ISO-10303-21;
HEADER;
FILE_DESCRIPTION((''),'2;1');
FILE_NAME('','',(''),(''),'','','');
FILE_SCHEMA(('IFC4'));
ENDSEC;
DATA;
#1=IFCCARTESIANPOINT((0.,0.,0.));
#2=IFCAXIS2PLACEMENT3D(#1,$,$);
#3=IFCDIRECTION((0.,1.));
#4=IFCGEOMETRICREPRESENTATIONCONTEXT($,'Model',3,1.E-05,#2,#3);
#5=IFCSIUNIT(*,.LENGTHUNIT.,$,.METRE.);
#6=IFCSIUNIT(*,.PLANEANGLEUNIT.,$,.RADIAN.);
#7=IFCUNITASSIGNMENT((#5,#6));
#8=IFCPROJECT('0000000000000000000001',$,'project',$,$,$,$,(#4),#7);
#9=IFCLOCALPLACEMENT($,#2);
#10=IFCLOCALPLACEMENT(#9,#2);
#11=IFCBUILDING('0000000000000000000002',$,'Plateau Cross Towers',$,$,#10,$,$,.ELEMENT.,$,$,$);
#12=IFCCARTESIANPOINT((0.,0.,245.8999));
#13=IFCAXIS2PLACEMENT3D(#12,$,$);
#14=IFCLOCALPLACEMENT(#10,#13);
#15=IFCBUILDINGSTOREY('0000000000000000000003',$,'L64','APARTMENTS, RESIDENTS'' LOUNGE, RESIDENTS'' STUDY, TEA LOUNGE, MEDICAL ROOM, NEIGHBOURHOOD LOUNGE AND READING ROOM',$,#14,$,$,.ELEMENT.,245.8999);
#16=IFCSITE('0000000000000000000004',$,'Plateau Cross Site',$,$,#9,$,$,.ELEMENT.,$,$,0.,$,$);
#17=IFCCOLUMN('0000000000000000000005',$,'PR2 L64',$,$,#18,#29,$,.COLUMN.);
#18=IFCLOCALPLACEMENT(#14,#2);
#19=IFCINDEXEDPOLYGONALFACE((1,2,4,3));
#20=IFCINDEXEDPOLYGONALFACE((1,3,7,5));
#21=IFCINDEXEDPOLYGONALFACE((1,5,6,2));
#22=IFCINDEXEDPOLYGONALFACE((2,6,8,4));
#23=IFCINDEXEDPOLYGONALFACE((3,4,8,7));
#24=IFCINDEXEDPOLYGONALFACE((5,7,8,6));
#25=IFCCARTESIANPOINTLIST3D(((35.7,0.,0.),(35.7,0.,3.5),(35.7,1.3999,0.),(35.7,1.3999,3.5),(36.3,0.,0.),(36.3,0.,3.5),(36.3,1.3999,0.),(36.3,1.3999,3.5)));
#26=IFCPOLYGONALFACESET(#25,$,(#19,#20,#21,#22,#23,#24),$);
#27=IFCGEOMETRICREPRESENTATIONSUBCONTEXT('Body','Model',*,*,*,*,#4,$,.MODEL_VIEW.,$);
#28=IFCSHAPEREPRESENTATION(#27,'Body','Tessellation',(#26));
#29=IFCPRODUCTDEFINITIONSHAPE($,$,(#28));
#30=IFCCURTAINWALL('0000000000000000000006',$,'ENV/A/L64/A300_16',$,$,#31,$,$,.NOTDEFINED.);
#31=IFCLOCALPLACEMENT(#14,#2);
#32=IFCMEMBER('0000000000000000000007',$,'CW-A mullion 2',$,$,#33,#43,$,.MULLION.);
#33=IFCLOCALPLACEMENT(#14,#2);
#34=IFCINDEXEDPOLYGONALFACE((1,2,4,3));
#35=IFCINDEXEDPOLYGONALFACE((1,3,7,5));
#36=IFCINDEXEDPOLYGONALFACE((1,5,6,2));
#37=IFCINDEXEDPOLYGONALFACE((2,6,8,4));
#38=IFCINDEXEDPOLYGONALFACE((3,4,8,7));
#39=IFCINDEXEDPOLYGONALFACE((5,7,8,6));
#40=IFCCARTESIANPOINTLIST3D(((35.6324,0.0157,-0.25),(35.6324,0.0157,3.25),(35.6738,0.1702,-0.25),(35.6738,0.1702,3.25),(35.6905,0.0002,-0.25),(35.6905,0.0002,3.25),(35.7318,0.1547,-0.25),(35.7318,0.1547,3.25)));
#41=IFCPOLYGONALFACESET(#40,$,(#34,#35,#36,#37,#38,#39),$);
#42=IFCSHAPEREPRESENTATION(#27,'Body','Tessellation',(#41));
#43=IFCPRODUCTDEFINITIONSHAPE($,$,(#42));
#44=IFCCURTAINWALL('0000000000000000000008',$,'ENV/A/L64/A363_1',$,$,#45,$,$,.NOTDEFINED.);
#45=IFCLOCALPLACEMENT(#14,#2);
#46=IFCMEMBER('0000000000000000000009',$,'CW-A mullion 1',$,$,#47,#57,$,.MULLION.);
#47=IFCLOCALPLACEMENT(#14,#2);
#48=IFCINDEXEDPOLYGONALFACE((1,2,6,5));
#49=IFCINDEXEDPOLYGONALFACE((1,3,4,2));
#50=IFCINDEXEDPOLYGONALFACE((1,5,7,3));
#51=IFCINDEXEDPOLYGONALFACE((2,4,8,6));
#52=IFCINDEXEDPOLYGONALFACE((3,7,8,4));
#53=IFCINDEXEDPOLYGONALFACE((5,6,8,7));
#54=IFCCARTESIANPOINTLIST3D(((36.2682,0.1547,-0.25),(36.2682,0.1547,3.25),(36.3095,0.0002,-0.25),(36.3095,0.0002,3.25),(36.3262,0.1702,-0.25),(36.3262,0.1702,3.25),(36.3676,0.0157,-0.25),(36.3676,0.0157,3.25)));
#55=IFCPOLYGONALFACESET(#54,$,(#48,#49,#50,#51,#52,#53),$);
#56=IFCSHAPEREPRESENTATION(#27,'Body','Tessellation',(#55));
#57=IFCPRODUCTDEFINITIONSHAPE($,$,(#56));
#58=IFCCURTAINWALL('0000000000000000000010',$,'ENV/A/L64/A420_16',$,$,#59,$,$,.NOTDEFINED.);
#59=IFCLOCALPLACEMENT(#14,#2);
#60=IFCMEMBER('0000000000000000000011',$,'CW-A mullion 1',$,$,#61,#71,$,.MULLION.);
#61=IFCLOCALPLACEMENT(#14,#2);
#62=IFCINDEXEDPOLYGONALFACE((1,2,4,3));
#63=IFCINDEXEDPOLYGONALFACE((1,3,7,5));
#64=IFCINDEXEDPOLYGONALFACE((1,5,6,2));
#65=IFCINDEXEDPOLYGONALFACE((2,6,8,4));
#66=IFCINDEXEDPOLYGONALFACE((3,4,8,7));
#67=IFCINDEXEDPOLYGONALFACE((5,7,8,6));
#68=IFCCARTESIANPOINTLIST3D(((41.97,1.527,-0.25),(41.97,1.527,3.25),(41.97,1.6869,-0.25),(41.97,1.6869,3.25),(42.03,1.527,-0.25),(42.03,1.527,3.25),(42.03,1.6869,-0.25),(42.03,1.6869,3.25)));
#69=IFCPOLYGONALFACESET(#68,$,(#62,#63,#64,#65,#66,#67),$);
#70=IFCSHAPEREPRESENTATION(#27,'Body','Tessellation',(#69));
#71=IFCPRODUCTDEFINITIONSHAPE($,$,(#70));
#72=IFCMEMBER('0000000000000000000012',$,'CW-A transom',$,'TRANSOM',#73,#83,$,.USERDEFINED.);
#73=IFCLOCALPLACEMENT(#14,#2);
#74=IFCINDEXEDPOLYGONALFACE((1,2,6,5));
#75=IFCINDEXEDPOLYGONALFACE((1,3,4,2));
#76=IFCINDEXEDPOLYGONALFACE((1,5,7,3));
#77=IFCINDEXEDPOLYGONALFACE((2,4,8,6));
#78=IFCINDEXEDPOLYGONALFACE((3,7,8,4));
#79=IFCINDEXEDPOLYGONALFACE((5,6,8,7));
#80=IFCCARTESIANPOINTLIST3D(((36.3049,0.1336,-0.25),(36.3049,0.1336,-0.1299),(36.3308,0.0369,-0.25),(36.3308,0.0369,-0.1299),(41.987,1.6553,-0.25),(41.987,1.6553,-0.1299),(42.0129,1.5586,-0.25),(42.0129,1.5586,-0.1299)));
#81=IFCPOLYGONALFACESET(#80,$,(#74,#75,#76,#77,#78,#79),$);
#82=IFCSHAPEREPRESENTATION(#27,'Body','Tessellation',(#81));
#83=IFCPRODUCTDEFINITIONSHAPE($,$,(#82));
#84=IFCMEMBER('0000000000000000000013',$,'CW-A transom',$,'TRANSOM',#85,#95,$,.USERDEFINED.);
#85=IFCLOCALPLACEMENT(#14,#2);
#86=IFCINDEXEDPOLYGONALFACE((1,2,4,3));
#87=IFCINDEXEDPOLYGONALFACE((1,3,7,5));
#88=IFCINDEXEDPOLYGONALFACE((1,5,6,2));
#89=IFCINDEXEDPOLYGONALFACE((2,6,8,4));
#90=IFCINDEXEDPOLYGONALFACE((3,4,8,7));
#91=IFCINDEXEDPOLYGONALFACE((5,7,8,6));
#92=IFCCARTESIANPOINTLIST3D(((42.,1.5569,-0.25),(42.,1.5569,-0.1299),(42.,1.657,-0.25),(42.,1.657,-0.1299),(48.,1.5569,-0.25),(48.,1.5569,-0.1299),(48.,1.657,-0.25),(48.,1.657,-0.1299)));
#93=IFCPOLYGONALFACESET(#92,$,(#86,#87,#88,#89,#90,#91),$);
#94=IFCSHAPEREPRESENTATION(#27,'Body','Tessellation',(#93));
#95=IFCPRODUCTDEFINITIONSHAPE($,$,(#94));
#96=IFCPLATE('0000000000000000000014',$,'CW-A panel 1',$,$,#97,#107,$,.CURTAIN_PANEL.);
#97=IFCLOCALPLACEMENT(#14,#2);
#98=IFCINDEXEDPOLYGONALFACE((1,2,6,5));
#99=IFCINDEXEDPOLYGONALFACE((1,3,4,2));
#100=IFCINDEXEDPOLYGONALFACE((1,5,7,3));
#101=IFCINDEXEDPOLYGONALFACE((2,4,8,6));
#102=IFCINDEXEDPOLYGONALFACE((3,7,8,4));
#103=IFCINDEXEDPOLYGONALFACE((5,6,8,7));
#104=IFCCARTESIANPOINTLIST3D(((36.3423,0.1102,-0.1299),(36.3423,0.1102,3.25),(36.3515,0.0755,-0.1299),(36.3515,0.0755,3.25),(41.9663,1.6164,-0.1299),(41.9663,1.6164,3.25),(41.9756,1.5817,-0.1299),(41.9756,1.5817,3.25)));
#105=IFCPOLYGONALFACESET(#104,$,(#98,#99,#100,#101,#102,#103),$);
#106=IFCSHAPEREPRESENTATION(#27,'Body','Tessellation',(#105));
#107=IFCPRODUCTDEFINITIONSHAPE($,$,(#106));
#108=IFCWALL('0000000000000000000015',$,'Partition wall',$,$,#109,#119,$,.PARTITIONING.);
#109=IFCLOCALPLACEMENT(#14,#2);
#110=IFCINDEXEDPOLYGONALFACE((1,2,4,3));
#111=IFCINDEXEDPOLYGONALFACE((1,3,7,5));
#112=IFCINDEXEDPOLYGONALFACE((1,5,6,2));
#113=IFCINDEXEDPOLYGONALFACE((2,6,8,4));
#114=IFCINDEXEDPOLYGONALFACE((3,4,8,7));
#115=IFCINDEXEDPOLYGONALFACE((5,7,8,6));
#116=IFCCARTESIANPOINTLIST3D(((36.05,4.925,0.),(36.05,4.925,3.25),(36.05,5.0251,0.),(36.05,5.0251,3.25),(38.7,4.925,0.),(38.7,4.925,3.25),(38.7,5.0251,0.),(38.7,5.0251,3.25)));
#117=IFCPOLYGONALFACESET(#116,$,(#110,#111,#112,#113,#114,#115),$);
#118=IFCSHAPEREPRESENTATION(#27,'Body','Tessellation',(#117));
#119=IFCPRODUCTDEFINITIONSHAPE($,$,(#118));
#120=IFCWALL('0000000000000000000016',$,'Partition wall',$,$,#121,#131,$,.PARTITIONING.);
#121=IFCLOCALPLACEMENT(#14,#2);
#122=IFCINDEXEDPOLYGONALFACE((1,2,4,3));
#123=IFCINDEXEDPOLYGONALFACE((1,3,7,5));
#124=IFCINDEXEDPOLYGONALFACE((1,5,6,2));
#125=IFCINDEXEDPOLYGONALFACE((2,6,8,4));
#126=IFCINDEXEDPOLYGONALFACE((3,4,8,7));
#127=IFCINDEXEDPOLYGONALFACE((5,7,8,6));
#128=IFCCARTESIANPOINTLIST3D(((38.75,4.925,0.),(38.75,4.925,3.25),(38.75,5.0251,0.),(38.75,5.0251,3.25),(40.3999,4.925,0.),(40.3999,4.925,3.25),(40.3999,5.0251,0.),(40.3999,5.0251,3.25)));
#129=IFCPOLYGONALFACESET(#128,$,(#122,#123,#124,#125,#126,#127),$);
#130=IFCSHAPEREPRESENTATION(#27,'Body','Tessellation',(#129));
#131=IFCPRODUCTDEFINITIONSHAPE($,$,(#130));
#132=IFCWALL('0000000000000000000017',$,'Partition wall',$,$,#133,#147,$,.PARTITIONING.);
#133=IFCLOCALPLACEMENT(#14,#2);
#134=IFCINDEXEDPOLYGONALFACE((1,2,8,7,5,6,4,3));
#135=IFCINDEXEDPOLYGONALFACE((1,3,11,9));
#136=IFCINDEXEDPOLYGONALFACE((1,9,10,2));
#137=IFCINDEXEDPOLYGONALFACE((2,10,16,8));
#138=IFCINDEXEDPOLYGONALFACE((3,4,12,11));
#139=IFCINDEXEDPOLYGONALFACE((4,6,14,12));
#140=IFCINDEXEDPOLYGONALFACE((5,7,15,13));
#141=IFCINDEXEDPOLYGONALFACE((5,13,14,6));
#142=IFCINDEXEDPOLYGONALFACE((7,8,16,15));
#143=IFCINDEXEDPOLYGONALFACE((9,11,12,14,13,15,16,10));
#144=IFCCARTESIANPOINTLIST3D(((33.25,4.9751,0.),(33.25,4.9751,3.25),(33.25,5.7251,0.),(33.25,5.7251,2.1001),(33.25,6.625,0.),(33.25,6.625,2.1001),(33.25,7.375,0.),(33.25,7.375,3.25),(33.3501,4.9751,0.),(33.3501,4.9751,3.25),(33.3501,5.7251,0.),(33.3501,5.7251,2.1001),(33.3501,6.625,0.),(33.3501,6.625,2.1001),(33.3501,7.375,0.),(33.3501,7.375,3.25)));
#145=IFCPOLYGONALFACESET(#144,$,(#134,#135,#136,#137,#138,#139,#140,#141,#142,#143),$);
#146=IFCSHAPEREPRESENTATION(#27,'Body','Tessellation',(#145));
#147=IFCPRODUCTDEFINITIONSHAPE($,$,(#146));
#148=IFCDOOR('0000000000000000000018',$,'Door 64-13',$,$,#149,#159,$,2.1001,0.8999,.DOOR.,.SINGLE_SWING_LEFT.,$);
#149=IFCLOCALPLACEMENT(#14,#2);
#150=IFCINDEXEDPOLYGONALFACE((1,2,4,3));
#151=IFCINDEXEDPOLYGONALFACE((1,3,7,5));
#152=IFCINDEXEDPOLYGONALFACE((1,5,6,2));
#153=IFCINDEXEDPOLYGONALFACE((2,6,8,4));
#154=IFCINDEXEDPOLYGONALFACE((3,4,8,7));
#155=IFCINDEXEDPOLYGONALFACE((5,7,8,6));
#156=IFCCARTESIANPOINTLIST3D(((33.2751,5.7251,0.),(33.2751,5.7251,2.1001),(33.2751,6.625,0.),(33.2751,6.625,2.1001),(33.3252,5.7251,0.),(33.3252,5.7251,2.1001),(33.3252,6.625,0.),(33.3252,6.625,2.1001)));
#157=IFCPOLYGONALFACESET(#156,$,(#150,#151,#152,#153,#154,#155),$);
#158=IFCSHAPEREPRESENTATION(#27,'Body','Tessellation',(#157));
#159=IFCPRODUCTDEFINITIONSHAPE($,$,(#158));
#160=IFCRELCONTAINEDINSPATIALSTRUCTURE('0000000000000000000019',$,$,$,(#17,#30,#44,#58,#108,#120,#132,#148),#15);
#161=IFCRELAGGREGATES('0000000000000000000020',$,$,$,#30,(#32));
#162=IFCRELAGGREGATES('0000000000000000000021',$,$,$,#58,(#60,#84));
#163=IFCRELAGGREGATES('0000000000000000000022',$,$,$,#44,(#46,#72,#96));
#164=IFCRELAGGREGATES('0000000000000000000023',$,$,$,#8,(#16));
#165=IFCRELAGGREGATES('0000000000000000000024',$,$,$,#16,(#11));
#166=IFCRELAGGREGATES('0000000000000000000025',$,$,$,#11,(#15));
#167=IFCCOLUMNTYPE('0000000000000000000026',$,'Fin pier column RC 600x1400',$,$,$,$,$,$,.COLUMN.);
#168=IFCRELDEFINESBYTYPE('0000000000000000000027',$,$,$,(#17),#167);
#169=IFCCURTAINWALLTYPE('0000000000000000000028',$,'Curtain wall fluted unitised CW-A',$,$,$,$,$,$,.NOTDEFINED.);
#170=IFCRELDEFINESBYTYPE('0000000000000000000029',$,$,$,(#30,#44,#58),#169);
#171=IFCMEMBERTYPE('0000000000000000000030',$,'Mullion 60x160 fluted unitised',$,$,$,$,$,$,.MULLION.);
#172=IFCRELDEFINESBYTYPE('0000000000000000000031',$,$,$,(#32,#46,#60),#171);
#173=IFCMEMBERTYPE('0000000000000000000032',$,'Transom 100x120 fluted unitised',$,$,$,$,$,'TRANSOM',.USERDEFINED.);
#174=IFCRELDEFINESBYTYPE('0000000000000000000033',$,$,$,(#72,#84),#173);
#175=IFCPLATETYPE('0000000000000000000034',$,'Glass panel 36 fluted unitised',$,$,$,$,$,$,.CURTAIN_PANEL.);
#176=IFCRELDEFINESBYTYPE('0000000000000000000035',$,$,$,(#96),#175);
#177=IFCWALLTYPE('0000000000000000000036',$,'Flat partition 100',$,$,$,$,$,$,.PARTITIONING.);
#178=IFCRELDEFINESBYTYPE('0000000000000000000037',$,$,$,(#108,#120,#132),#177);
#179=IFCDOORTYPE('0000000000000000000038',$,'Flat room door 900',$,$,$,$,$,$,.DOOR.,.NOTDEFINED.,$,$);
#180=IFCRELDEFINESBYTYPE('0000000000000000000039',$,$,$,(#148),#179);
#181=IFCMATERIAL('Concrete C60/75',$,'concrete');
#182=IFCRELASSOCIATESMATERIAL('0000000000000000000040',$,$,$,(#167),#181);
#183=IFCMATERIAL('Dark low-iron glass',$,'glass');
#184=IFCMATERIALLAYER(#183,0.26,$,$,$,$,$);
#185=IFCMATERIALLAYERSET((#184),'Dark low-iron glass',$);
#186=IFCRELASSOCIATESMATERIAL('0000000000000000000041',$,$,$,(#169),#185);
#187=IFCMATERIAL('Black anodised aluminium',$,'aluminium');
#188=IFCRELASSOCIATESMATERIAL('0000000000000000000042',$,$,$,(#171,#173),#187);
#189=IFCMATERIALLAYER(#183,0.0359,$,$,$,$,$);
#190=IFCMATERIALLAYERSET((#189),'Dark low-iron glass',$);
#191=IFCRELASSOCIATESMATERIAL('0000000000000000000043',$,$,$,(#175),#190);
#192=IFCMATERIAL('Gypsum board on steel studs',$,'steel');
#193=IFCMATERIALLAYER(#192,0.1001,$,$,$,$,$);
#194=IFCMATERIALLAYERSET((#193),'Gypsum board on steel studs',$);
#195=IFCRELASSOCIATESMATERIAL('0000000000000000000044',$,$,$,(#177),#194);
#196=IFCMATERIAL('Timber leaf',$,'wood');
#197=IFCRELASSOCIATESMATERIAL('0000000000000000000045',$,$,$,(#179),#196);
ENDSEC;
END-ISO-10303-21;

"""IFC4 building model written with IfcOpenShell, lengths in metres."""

from ifc_helpers import new_model, si_unit, direction, frame, frame_2d, origin, origin_2d, place, context, subcontext, project, spatial, rectangle, extrude, material, layer, layer_set, material_profile, profile_set, type_object, element, fill, aggregate, save


model = new_model("IFC4")

# Units and contexts
model_context = context("Model", 3, precision=1e-05, world=origin(), true_north=direction((0.0, 1.0)))
body_context = subcontext(model_context, "Body", "Model", "MODEL_VIEW")
ifc_project = project(units=[si_unit("LENGTHUNIT", "METRE"), si_unit("PLANEANGLEUNIT", "RADIAN")], contexts=[model_context])

# Site, building, storey
site_placement = place(None, origin())
site = spatial("IfcSite", under=ifc_project, at=site_placement, Name="Plateau Cross Site", CompositionType="ELEMENT", RefElevation=0.0)
building_placement = place(site_placement, origin())
building = spatial("IfcBuilding", under=site, at=building_placement, Name="Plateau Cross Towers", CompositionType="ELEMENT")
storey_placement = place(building_placement, frame((0.0, 0.0, 245.8999)))
storey = spatial("IfcBuildingStorey", under=building, at=storey_placement, Name="L64", Description="APARTMENTS, RESIDENTS' LOUNGE, RESIDENTS' STUDY, TEA LOUNGE, MEDICAL ROOM, NEIGHBOURHOOD LOUNGE AND READING ROOM", CompositionType="ELEMENT", Elevation=245.8999)

# Column
ifc_material_1 = material(Name="Concrete C60/75", Category="concrete")
ifc_material_profile_1 = material_profile(ifc_material_1, rectangle(XDim=0.6001, YDim=1.3999, at=origin_2d()), Name="RC 600x1400")
ifc_profile_set_1 = profile_set([ifc_material_profile_1], Name="Concrete C60/75")
column_type = type_object("IfcColumnType", Name="Fin pier column RC 600x1400", PredefinedType="COLUMN", material=ifc_profile_set_1)
column_placement = place(storey_placement, frame((36.0, 0.7, 0.0), z_axis=(0.0, 0.0, 1.0), x_axis=(1.0, 0.0, 0.0)))
element("IfcColumn", 1, at=column_placement, inside=storey, type_object=column_type, Name="PR2 L64", PredefinedType="COLUMN", context=body_context, shape_type="SweptSolid", body=[
    extrude(rectangle(XDim=0.6001, YDim=1.3999, at=origin_2d()), origin(), (0.0, 0.0, 1.0), 3.5),
])

# Curtain walls, members
ifc_material_2 = material(Name="Dark low-iron glass", Category="glass")
ifc_layer_1 = layer(ifc_material_2, 0.26)
ifc_layer_set_1 = layer_set([ifc_layer_1], Name="Dark low-iron glass")
curtain_wall_type = type_object("IfcCurtainWallType", Name="Curtain wall fluted unitised CW-A", PredefinedType="NOTDEFINED", material=ifc_layer_set_1)
curtain_wall_1_placement = place(storey_placement, origin())
curtain_wall_1 = element("IfcCurtainWall", 2, at=curtain_wall_1_placement, inside=storey, type_object=curtain_wall_type, Name="ENV/A/L64/A300_16", PredefinedType="NOTDEFINED")
ifc_material_3 = material(Name="Black anodised aluminium", Category="aluminium")
ifc_material_profile_2 = material_profile(ifc_material_3, rectangle(XDim=0.0601, YDim=0.1599, at=origin_2d()), Name="MULLION 60x160")
ifc_profile_set_2 = profile_set([ifc_material_profile_2], Name="Black anodised aluminium")
member_type_1 = type_object("IfcMemberType", Name="Mullion 60x160 fluted unitised", PredefinedType="MULLION", material=ifc_profile_set_2)
member_1_placement = place(storey_placement, frame((35.6821, 0.0852, -0.25), z_axis=(0.0, 0.0, 1.0), x_axis=(0.965958, -0.258699, 0.0)))
member_1 = element("IfcMember", 3, at=member_1_placement, type_object=member_type_1, Name="CW-A mullion 2", PredefinedType="MULLION", context=body_context, shape_type="SweptSolid", body=[
    extrude(rectangle(XDim=0.0601, YDim=0.1599, at=origin_2d()), origin(), (0.0, 0.0, 1.0), 3.5),
])
aggregate(curtain_wall_1, [member_1])
curtain_wall_2_placement = place(storey_placement, origin())
curtain_wall_2 = element("IfcCurtainWall", 4, at=curtain_wall_2_placement, inside=storey, type_object=curtain_wall_type, Name="ENV/A/L64/A363_1", PredefinedType="NOTDEFINED")
member_2_placement = place(storey_placement, frame((36.3179, 0.0852, -0.25), z_axis=(0.0, 0.0, 1.0), x_axis=(0.965958, 0.258699, 0.0)))
member_2 = element("IfcMember", 5, at=member_2_placement, type_object=member_type_1, Name="CW-A mullion 1", PredefinedType="MULLION", context=body_context, shape_type="SweptSolid", body=[
    extrude(rectangle(XDim=0.0601, YDim=0.1599, at=origin_2d()), origin(), (0.0, 0.0, 1.0), 3.5),
])
curtain_wall_3_placement = place(storey_placement, origin())
curtain_wall_3 = element("IfcCurtainWall", 6, at=curtain_wall_3_placement, inside=storey, type_object=curtain_wall_type, Name="ENV/A/L64/A420_16", PredefinedType="NOTDEFINED")
member_3_placement = place(storey_placement, frame((42.0, 1.6069, -0.25), z_axis=(0.0, 0.0, 1.0), x_axis=(1.0, 0.0, 0.0)))
member_3 = element("IfcMember", 7, at=member_3_placement, type_object=member_type_1, Name="CW-A mullion 1", PredefinedType="MULLION", context=body_context, shape_type="SweptSolid", body=[
    extrude(rectangle(XDim=0.0601, YDim=0.1599, at=origin_2d()), origin(), (0.0, 0.0, 1.0), 3.5),
])

# Members
ifc_material_profile_3 = material_profile(ifc_material_3, rectangle(XDim=0.1001, YDim=0.1201, at=origin_2d()), Name="TRANSOM 100x120")
ifc_profile_set_3 = profile_set([ifc_material_profile_3], Name="Black anodised aluminium")
member_type_2 = type_object("IfcMemberType", Name="Transom 100x120 fluted unitised", ElementType="TRANSOM", PredefinedType="USERDEFINED", material=ifc_profile_set_3)
member_4_placement = place(storey_placement, frame((36.3179, 0.0852, -0.1899), z_axis=(0.96596, 0.258693, 0.0), x_axis=(-0.258693, 0.96596, 0.0)))
member_4 = element("IfcMember", 8, at=member_4_placement, type_object=member_type_2, Name="CW-A transom", ObjectType="TRANSOM", PredefinedType="USERDEFINED", context=body_context, shape_type="SweptSolid", body=[
    extrude(rectangle(XDim=0.1001, YDim=0.1201, at=origin_2d()), origin(), (0.0, 0.0, 1.0), 5.8823),
])
member_5_placement = place(storey_placement, frame((42.0, 1.6069, -0.1899), z_axis=(1.0, 0.0, 0.0), x_axis=(0.0, 1.0, 0.0)))
member_5 = element("IfcMember", 9, at=member_5_placement, type_object=member_type_2, Name="CW-A transom", ObjectType="TRANSOM", PredefinedType="USERDEFINED", context=body_context, shape_type="SweptSolid", body=[
    extrude(rectangle(XDim=0.1001, YDim=0.1201, at=origin_2d()), origin(), (0.0, 0.0, 1.0), 6.0),
])
aggregate(curtain_wall_3, [member_3, member_5])

# Plate
ifc_layer_2 = layer(ifc_material_2, 0.0359)
ifc_layer_set_2 = layer_set([ifc_layer_2], Name="Dark low-iron glass")
plate_type = type_object("IfcPlateType", Name="Glass panel 36 fluted unitised", PredefinedType="CURTAIN_PANEL", material=ifc_layer_set_2)
plate_placement = place(storey_placement, frame((39.1589, 0.8459, -0.1299), z_axis=(0.0, 0.0, 1.0), x_axis=(0.965958, 0.258699, 0.0)))
plate = element("IfcPlate", 10, at=plate_placement, type_object=plate_type, Name="CW-A panel 1", PredefinedType="CURTAIN_PANEL", context=body_context, shape_type="SweptSolid", body=[
    extrude(rectangle(XDim=5.8223, YDim=0.0359, at=origin_2d()), origin(), (0.0, 0.0, 1.0), 3.3799),
])
aggregate(curtain_wall_2, [member_2, member_4, plate])

# Walls
ifc_material_4 = material(Name="Gypsum board on steel studs", Category="steel")
ifc_layer_3 = layer(ifc_material_4, 0.1001)
ifc_layer_set_3 = layer_set([ifc_layer_3], Name="Gypsum board on steel studs")
wall_type_1 = type_object("IfcWallType", Name="Flat partition 100", PredefinedType="PARTITIONING", material=ifc_layer_set_3)
wall_1_placement = place(storey_placement, frame((38.7, 4.9751, 0.0), z_axis=(0.0, 0.0, 1.0), x_axis=(-1.0, 0.0, 0.0)))
element("IfcWall", 11, at=wall_1_placement, inside=storey, type_object=wall_type_1, Name="Partition wall", PredefinedType="PARTITIONING", context=body_context, shape_type="SweptSolid", body=[
    extrude(rectangle(XDim=2.6499, YDim=0.1001, at=frame_2d((1.325, 0.0))), origin(), (0.0, 0.0, 1.0), 3.25),
])
wall_2_placement = place(storey_placement, frame((38.75, 4.9751, 0.0), z_axis=(0.0, 0.0, 1.0), x_axis=(1.0, 0.0, 0.0)))
element("IfcWall", 12, at=wall_2_placement, inside=storey, type_object=wall_type_1, Name="Partition wall", PredefinedType="PARTITIONING", context=body_context, shape_type="SweptSolid", body=[
    extrude(rectangle(XDim=1.6499, YDim=0.1001, at=frame_2d((0.825, 0.0))), origin(), (0.0, 0.0, 1.0), 3.25),
])

# Wall, opening, door
wall_3_placement = place(storey_placement, frame((33.3, 4.9751, 0.0), z_axis=(0.0, 0.0, 1.0), x_axis=(0.0, 1.0, 0.0)))
wall_3 = element("IfcWall", 13, at=wall_3_placement, inside=storey, type_object=wall_type_1, Name="Partition wall", PredefinedType="PARTITIONING", context=body_context, shape_type="SweptSolid", body=[
    extrude(rectangle(XDim=2.3999, YDim=0.1001, at=frame_2d((1.2, 0.0))), origin(), (0.0, 0.0, 1.0), 3.25),
])
opening_1_placement = place(wall_3_placement, frame((0.75, 0.0, 0.0)))
opening_1 = element("IfcOpeningElement", 14, at=opening_1_placement, cuts=wall_3, PredefinedType="OPENING", context=body_context, shape_type="SweptSolid", body=[
    extrude(rectangle(XDim=0.8999, YDim=2.1001, at=frame_2d((0.45, 1.05))), frame((0.0, 0.0601, 0.0), z_axis=(0.0, -1.0, 0.0), x_axis=(1.0, 0.0, 0.0)), (0.0, 0.0, 1.0), 0.1201),
])
ifc_material_5 = material(Name="Timber leaf", Category="wood")
door_type = type_object("IfcDoorType", Name="Flat room door 900", OperationType="NOTDEFINED", PredefinedType="DOOR", material=ifc_material_5)
door_1_placement = place(opening_1_placement, origin())
door_1 = element("IfcDoor", 15, at=door_1_placement, inside=storey, type_object=door_type, Name="Door 64-13", OperationType="SINGLE_SWING_LEFT", OverallHeight=2.1001, OverallWidth=0.8999, PredefinedType="DOOR", context=body_context, shape_type="SweptSolid", body=[
    extrude(rectangle(XDim=0.8999, YDim=2.1001, at=frame_2d((0.45, 1.05))), frame((0.0, 0.0249, 0.0), z_axis=(0.0, -1.0, 0.0), x_axis=(1.0, 0.0, 0.0)), (0.0, 0.0, 1.0), 0.05),
])
fill(opening_1, door_1)

save(model, "model.ifc")
